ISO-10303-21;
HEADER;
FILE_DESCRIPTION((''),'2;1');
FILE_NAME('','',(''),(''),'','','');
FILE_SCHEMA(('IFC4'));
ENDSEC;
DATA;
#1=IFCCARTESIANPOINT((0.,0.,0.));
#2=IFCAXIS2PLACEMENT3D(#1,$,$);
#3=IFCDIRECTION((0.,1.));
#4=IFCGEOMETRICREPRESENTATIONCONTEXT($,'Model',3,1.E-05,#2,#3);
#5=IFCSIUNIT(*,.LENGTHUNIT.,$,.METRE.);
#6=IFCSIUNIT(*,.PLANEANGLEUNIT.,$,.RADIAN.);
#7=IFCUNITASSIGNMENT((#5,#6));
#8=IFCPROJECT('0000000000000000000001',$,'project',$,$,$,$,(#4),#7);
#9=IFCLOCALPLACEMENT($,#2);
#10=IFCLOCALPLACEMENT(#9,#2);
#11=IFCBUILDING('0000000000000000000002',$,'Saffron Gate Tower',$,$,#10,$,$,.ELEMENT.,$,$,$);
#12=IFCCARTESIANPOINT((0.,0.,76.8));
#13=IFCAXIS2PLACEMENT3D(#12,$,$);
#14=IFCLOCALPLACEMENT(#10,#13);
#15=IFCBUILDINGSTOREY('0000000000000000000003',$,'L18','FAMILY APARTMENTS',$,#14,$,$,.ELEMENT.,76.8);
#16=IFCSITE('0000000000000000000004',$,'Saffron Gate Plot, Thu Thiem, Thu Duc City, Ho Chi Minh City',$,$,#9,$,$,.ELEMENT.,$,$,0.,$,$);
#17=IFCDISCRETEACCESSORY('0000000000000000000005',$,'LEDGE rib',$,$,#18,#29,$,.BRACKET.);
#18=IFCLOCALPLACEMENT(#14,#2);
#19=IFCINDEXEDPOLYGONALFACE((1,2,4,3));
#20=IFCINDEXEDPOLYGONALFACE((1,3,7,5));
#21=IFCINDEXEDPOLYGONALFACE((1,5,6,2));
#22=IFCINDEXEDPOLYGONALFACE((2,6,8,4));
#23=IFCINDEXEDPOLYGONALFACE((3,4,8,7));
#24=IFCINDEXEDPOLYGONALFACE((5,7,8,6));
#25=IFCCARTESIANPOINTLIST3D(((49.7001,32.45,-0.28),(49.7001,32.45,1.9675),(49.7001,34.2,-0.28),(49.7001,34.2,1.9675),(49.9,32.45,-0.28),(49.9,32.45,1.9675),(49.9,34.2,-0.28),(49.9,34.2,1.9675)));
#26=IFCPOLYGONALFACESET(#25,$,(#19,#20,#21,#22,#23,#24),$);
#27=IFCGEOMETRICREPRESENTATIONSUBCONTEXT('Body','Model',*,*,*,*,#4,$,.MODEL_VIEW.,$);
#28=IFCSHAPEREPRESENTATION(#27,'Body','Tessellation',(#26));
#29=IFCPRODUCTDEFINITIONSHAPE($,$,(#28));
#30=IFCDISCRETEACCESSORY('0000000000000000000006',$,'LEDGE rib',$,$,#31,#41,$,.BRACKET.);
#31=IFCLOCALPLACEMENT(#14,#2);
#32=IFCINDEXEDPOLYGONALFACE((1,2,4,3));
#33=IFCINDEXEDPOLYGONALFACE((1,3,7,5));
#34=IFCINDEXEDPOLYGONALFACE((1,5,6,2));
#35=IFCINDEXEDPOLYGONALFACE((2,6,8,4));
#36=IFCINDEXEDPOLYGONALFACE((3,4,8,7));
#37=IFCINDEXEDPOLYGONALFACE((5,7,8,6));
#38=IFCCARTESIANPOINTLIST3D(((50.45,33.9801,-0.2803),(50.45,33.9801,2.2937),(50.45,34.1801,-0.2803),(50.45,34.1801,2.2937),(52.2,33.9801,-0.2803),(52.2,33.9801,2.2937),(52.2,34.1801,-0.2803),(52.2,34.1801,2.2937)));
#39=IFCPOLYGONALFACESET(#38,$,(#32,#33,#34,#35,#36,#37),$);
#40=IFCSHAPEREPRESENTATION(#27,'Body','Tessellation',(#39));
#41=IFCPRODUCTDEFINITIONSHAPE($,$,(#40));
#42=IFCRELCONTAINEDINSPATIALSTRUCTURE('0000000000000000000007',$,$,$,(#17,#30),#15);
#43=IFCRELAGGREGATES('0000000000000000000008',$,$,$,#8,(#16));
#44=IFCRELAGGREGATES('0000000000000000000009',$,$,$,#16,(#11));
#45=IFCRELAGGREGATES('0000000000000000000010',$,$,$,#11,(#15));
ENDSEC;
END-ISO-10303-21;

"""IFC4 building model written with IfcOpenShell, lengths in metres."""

from ifc_helpers import new_model, si_unit, direction, frame, origin, origin_2d, place, context, subcontext, project, spatial, rectangle, extrude, element, save


model = new_model("IFC4")

# Units and contexts
model_context = context("Model", 3, precision=1e-05, world=origin(), true_north=direction((0.0, 1.0)))
body_context = subcontext(model_context, "Body", "Model", "MODEL_VIEW")
ifc_project = project(units=[si_unit("LENGTHUNIT", "METRE"), si_unit("PLANEANGLEUNIT", "RADIAN")], contexts=[model_context])

# Site, building, storey
site_placement = place(None, origin())
site = spatial("IfcSite", under=ifc_project, at=site_placement, Name="Saffron Gate Plot, Thu Thiem, Thu Duc City, Ho Chi Minh City", CompositionType="ELEMENT", RefElevation=0.0)
building_placement = place(site_placement, origin())
building = spatial("IfcBuilding", under=site, at=building_placement, Name="Saffron Gate Tower", CompositionType="ELEMENT")
storey_placement = place(building_placement, frame((0.0, 0.0, 76.8)))
storey = spatial("IfcBuildingStorey", under=building, at=storey_placement, Name="L18", Description="FAMILY APARTMENTS", CompositionType="ELEMENT", Elevation=76.8)

# Discrete accessories
discrete_accessory_1_placement = place(storey_placement, frame((49.8, 33.325, -0.28), z_axis=(0.0, 0.0, 1.0), x_axis=(1.0, 0.0, 0.0)))
element("IfcDiscreteAccessory", 1, at=discrete_accessory_1_placement, inside=storey, Name="LEDGE rib", PredefinedType="BRACKET", context=body_context, shape_type="SweptSolid", body=[
    extrude(rectangle(XDim=0.2, YDim=1.75, at=origin_2d()), origin(), (0.0, 0.0, 1.0), 2.2476),
])
discrete_accessory_2_placement = place(storey_placement, frame((51.325, 34.0801, -0.2803), z_axis=(0.0, 0.0, 1.0), x_axis=(0.0, -1.0, 0.0)))
element("IfcDiscreteAccessory", 2, at=discrete_accessory_2_placement, inside=storey, Name="LEDGE rib", PredefinedType="BRACKET", context=body_context, shape_type="SweptSolid", body=[
    extrude(rectangle(XDim=0.2, YDim=1.75, at=origin_2d()), origin(), (0.0, 0.0, 1.0), 2.574),
])

save(model, "model.ifc")
